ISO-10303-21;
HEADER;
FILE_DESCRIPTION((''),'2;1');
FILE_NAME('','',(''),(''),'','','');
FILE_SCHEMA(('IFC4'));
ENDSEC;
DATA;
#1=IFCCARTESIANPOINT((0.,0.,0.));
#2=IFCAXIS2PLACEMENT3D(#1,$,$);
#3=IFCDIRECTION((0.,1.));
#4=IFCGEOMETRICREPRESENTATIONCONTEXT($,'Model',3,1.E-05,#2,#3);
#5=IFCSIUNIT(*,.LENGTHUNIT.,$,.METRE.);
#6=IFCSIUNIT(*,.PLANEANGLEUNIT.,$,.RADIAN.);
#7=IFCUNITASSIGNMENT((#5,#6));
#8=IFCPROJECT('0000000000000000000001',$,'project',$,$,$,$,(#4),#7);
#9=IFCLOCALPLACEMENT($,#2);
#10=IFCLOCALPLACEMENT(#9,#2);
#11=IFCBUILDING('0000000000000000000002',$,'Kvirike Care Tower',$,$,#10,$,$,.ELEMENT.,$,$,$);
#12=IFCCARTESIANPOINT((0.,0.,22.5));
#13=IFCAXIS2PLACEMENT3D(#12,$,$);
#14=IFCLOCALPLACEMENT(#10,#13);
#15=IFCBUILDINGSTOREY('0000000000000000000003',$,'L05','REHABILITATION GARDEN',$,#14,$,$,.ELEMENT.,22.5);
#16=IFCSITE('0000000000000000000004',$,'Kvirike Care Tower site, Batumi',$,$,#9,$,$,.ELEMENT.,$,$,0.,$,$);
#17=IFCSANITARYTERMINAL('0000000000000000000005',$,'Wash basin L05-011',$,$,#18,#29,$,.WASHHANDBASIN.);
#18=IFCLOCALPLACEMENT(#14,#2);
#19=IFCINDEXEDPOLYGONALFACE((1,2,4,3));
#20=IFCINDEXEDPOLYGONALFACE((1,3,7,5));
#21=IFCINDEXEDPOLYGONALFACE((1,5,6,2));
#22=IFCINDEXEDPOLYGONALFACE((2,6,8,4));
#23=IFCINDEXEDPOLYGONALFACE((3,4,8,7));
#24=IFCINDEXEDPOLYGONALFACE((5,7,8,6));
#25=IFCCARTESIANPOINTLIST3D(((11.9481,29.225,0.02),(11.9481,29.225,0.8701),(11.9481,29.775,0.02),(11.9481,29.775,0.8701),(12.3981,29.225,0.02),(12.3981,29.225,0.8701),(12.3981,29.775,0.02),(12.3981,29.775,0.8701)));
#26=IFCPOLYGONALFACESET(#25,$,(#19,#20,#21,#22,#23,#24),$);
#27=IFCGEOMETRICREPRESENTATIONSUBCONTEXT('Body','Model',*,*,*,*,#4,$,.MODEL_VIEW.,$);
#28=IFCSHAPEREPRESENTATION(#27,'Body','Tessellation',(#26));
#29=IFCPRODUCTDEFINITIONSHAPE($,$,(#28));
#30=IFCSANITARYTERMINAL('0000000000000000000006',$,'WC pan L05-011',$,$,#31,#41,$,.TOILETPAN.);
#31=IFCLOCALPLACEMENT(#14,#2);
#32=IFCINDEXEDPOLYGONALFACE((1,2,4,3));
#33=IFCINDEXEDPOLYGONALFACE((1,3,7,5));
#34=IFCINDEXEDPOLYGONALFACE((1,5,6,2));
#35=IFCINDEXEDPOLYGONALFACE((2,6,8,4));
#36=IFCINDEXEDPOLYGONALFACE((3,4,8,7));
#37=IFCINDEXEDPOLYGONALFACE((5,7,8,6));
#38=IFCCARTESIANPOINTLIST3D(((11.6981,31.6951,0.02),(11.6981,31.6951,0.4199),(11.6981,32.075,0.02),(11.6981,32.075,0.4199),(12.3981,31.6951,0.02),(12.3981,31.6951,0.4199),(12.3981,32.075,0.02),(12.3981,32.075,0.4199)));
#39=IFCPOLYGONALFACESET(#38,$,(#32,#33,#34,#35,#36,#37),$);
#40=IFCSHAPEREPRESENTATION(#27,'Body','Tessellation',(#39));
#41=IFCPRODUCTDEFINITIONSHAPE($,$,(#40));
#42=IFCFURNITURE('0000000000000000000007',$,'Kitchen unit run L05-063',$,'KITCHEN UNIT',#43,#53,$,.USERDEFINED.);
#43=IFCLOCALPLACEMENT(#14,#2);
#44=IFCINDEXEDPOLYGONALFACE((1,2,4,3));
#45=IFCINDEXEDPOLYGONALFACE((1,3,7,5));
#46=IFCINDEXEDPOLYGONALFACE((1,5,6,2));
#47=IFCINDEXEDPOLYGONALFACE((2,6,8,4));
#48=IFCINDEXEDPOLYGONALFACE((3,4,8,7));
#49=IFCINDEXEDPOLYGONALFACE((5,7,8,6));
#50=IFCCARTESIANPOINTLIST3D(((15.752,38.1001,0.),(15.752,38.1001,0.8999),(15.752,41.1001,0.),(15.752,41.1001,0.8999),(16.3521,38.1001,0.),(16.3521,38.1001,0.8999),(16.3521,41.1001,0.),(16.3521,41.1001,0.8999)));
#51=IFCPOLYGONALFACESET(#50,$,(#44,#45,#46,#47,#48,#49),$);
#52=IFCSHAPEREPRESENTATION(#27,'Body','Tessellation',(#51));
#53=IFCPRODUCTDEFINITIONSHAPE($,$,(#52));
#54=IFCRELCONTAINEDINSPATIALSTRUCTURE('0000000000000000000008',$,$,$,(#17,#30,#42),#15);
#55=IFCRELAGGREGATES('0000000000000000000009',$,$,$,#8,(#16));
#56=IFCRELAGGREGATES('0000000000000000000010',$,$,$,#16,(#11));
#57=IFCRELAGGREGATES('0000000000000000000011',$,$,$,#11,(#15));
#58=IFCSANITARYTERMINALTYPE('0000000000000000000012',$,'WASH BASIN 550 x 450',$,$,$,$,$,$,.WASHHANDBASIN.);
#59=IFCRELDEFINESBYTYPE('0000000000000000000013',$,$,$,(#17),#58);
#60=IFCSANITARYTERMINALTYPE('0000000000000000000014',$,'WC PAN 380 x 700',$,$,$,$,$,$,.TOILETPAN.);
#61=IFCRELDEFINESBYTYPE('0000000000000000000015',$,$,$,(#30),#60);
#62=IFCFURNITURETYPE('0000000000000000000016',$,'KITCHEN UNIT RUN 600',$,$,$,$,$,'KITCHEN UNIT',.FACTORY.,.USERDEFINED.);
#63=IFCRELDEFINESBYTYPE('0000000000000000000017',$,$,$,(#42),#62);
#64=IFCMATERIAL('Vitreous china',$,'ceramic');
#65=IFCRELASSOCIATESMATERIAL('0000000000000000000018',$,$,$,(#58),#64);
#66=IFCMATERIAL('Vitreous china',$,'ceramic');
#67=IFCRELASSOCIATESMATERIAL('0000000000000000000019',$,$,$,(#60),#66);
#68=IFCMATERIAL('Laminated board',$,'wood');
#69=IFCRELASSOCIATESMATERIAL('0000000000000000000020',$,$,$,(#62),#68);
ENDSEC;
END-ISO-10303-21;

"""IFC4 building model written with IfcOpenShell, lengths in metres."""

from ifc_helpers import new_model, si_unit, direction, frame, origin, origin_2d, place, context, subcontext, project, spatial, rectangle, extrude, material, type_object, element, save


model = new_model("IFC4")

# Units and contexts
model_context = context("Model", 3, precision=1e-05, world=origin(), true_north=direction((0.0, 1.0)))
body_context = subcontext(model_context, "Body", "Model", "MODEL_VIEW")
ifc_project = project(units=[si_unit("LENGTHUNIT", "METRE"), si_unit("PLANEANGLEUNIT", "RADIAN")], contexts=[model_context])

# Site, building, storey
site_placement = place(None, origin())
site = spatial("IfcSite", under=ifc_project, at=site_placement, Name="Kvirike Care Tower site, Batumi", CompositionType="ELEMENT", RefElevation=0.0)
building_placement = place(site_placement, origin())
building = spatial("IfcBuilding", under=site, at=building_placement, Name="Kvirike Care Tower", CompositionType="ELEMENT")
storey_placement = place(building_placement, frame((0.0, 0.0, 22.5)))
storey = spatial("IfcBuildingStorey", under=building, at=storey_placement, Name="L05", Description="REHABILITATION GARDEN", CompositionType="ELEMENT", Elevation=22.5)

# Sanitary terminals
ifc_material_1 = material(Name="Vitreous china", Category="ceramic")
sanitary_terminal_type_1 = type_object("IfcSanitaryTerminalType", Name="WASH BASIN 550 x 450", PredefinedType="WASHHANDBASIN", material=ifc_material_1)
sanitary_terminal_1_placement = place(storey_placement, frame((12.1731, 29.5, 0.02), z_axis=(0.0, 0.0, 1.0), x_axis=(0.0, -1.0, 0.0)))
element("IfcSanitaryTerminal", 1, at=sanitary_terminal_1_placement, inside=storey, type_object=sanitary_terminal_type_1, Name="Wash basin L05-011", PredefinedType="WASHHANDBASIN", context=body_context, shape_type="SweptSolid", body=[
    extrude(rectangle(XDim=0.55, YDim=0.45, at=origin_2d()), origin(), (0.0, 0.0, 1.0), 0.8501),
])
ifc_material_2 = material(Name="Vitreous china", Category="ceramic")
sanitary_terminal_type_2 = type_object("IfcSanitaryTerminalType", Name="WC PAN 380 x 700", PredefinedType="TOILETPAN", material=ifc_material_2)
sanitary_terminal_2_placement = place(storey_placement, frame((12.0481, 31.885, 0.02), z_axis=(0.0, 0.0, 1.0), x_axis=(0.0, -1.0, 0.0)))
element("IfcSanitaryTerminal", 2, at=sanitary_terminal_2_placement, inside=storey, type_object=sanitary_terminal_type_2, Name="WC pan L05-011", PredefinedType="TOILETPAN", context=body_context, shape_type="SweptSolid", body=[
    extrude(rectangle(XDim=0.3799, YDim=0.7, at=origin_2d()), origin(), (0.0, 0.0, 1.0), 0.3999),
])

# Furniture
ifc_material_3 = material(Name="Laminated board", Category="wood")
furniture_type = type_object("IfcFurnitureType", Name="KITCHEN UNIT RUN 600", ElementType="KITCHEN UNIT", AssemblyPlace="FACTORY", PredefinedType="USERDEFINED", material=ifc_material_3)
furniture_placement = place(storey_placement, frame((16.052, 39.6001, 0.0), z_axis=(0.0, 0.0, 1.0), x_axis=(0.0, 1.0, 0.0)))
element("IfcFurniture", 3, at=furniture_placement, inside=storey, type_object=furniture_type, Name="Kitchen unit run L05-063", ObjectType="KITCHEN UNIT", PredefinedType="USERDEFINED", context=body_context, shape_type="SweptSolid", body=[
    extrude(rectangle(XDim=3.0, YDim=0.6001, at=origin_2d()), origin(), (0.0, 0.0, 1.0), 0.8999),
])

save(model, "model.ifc")
